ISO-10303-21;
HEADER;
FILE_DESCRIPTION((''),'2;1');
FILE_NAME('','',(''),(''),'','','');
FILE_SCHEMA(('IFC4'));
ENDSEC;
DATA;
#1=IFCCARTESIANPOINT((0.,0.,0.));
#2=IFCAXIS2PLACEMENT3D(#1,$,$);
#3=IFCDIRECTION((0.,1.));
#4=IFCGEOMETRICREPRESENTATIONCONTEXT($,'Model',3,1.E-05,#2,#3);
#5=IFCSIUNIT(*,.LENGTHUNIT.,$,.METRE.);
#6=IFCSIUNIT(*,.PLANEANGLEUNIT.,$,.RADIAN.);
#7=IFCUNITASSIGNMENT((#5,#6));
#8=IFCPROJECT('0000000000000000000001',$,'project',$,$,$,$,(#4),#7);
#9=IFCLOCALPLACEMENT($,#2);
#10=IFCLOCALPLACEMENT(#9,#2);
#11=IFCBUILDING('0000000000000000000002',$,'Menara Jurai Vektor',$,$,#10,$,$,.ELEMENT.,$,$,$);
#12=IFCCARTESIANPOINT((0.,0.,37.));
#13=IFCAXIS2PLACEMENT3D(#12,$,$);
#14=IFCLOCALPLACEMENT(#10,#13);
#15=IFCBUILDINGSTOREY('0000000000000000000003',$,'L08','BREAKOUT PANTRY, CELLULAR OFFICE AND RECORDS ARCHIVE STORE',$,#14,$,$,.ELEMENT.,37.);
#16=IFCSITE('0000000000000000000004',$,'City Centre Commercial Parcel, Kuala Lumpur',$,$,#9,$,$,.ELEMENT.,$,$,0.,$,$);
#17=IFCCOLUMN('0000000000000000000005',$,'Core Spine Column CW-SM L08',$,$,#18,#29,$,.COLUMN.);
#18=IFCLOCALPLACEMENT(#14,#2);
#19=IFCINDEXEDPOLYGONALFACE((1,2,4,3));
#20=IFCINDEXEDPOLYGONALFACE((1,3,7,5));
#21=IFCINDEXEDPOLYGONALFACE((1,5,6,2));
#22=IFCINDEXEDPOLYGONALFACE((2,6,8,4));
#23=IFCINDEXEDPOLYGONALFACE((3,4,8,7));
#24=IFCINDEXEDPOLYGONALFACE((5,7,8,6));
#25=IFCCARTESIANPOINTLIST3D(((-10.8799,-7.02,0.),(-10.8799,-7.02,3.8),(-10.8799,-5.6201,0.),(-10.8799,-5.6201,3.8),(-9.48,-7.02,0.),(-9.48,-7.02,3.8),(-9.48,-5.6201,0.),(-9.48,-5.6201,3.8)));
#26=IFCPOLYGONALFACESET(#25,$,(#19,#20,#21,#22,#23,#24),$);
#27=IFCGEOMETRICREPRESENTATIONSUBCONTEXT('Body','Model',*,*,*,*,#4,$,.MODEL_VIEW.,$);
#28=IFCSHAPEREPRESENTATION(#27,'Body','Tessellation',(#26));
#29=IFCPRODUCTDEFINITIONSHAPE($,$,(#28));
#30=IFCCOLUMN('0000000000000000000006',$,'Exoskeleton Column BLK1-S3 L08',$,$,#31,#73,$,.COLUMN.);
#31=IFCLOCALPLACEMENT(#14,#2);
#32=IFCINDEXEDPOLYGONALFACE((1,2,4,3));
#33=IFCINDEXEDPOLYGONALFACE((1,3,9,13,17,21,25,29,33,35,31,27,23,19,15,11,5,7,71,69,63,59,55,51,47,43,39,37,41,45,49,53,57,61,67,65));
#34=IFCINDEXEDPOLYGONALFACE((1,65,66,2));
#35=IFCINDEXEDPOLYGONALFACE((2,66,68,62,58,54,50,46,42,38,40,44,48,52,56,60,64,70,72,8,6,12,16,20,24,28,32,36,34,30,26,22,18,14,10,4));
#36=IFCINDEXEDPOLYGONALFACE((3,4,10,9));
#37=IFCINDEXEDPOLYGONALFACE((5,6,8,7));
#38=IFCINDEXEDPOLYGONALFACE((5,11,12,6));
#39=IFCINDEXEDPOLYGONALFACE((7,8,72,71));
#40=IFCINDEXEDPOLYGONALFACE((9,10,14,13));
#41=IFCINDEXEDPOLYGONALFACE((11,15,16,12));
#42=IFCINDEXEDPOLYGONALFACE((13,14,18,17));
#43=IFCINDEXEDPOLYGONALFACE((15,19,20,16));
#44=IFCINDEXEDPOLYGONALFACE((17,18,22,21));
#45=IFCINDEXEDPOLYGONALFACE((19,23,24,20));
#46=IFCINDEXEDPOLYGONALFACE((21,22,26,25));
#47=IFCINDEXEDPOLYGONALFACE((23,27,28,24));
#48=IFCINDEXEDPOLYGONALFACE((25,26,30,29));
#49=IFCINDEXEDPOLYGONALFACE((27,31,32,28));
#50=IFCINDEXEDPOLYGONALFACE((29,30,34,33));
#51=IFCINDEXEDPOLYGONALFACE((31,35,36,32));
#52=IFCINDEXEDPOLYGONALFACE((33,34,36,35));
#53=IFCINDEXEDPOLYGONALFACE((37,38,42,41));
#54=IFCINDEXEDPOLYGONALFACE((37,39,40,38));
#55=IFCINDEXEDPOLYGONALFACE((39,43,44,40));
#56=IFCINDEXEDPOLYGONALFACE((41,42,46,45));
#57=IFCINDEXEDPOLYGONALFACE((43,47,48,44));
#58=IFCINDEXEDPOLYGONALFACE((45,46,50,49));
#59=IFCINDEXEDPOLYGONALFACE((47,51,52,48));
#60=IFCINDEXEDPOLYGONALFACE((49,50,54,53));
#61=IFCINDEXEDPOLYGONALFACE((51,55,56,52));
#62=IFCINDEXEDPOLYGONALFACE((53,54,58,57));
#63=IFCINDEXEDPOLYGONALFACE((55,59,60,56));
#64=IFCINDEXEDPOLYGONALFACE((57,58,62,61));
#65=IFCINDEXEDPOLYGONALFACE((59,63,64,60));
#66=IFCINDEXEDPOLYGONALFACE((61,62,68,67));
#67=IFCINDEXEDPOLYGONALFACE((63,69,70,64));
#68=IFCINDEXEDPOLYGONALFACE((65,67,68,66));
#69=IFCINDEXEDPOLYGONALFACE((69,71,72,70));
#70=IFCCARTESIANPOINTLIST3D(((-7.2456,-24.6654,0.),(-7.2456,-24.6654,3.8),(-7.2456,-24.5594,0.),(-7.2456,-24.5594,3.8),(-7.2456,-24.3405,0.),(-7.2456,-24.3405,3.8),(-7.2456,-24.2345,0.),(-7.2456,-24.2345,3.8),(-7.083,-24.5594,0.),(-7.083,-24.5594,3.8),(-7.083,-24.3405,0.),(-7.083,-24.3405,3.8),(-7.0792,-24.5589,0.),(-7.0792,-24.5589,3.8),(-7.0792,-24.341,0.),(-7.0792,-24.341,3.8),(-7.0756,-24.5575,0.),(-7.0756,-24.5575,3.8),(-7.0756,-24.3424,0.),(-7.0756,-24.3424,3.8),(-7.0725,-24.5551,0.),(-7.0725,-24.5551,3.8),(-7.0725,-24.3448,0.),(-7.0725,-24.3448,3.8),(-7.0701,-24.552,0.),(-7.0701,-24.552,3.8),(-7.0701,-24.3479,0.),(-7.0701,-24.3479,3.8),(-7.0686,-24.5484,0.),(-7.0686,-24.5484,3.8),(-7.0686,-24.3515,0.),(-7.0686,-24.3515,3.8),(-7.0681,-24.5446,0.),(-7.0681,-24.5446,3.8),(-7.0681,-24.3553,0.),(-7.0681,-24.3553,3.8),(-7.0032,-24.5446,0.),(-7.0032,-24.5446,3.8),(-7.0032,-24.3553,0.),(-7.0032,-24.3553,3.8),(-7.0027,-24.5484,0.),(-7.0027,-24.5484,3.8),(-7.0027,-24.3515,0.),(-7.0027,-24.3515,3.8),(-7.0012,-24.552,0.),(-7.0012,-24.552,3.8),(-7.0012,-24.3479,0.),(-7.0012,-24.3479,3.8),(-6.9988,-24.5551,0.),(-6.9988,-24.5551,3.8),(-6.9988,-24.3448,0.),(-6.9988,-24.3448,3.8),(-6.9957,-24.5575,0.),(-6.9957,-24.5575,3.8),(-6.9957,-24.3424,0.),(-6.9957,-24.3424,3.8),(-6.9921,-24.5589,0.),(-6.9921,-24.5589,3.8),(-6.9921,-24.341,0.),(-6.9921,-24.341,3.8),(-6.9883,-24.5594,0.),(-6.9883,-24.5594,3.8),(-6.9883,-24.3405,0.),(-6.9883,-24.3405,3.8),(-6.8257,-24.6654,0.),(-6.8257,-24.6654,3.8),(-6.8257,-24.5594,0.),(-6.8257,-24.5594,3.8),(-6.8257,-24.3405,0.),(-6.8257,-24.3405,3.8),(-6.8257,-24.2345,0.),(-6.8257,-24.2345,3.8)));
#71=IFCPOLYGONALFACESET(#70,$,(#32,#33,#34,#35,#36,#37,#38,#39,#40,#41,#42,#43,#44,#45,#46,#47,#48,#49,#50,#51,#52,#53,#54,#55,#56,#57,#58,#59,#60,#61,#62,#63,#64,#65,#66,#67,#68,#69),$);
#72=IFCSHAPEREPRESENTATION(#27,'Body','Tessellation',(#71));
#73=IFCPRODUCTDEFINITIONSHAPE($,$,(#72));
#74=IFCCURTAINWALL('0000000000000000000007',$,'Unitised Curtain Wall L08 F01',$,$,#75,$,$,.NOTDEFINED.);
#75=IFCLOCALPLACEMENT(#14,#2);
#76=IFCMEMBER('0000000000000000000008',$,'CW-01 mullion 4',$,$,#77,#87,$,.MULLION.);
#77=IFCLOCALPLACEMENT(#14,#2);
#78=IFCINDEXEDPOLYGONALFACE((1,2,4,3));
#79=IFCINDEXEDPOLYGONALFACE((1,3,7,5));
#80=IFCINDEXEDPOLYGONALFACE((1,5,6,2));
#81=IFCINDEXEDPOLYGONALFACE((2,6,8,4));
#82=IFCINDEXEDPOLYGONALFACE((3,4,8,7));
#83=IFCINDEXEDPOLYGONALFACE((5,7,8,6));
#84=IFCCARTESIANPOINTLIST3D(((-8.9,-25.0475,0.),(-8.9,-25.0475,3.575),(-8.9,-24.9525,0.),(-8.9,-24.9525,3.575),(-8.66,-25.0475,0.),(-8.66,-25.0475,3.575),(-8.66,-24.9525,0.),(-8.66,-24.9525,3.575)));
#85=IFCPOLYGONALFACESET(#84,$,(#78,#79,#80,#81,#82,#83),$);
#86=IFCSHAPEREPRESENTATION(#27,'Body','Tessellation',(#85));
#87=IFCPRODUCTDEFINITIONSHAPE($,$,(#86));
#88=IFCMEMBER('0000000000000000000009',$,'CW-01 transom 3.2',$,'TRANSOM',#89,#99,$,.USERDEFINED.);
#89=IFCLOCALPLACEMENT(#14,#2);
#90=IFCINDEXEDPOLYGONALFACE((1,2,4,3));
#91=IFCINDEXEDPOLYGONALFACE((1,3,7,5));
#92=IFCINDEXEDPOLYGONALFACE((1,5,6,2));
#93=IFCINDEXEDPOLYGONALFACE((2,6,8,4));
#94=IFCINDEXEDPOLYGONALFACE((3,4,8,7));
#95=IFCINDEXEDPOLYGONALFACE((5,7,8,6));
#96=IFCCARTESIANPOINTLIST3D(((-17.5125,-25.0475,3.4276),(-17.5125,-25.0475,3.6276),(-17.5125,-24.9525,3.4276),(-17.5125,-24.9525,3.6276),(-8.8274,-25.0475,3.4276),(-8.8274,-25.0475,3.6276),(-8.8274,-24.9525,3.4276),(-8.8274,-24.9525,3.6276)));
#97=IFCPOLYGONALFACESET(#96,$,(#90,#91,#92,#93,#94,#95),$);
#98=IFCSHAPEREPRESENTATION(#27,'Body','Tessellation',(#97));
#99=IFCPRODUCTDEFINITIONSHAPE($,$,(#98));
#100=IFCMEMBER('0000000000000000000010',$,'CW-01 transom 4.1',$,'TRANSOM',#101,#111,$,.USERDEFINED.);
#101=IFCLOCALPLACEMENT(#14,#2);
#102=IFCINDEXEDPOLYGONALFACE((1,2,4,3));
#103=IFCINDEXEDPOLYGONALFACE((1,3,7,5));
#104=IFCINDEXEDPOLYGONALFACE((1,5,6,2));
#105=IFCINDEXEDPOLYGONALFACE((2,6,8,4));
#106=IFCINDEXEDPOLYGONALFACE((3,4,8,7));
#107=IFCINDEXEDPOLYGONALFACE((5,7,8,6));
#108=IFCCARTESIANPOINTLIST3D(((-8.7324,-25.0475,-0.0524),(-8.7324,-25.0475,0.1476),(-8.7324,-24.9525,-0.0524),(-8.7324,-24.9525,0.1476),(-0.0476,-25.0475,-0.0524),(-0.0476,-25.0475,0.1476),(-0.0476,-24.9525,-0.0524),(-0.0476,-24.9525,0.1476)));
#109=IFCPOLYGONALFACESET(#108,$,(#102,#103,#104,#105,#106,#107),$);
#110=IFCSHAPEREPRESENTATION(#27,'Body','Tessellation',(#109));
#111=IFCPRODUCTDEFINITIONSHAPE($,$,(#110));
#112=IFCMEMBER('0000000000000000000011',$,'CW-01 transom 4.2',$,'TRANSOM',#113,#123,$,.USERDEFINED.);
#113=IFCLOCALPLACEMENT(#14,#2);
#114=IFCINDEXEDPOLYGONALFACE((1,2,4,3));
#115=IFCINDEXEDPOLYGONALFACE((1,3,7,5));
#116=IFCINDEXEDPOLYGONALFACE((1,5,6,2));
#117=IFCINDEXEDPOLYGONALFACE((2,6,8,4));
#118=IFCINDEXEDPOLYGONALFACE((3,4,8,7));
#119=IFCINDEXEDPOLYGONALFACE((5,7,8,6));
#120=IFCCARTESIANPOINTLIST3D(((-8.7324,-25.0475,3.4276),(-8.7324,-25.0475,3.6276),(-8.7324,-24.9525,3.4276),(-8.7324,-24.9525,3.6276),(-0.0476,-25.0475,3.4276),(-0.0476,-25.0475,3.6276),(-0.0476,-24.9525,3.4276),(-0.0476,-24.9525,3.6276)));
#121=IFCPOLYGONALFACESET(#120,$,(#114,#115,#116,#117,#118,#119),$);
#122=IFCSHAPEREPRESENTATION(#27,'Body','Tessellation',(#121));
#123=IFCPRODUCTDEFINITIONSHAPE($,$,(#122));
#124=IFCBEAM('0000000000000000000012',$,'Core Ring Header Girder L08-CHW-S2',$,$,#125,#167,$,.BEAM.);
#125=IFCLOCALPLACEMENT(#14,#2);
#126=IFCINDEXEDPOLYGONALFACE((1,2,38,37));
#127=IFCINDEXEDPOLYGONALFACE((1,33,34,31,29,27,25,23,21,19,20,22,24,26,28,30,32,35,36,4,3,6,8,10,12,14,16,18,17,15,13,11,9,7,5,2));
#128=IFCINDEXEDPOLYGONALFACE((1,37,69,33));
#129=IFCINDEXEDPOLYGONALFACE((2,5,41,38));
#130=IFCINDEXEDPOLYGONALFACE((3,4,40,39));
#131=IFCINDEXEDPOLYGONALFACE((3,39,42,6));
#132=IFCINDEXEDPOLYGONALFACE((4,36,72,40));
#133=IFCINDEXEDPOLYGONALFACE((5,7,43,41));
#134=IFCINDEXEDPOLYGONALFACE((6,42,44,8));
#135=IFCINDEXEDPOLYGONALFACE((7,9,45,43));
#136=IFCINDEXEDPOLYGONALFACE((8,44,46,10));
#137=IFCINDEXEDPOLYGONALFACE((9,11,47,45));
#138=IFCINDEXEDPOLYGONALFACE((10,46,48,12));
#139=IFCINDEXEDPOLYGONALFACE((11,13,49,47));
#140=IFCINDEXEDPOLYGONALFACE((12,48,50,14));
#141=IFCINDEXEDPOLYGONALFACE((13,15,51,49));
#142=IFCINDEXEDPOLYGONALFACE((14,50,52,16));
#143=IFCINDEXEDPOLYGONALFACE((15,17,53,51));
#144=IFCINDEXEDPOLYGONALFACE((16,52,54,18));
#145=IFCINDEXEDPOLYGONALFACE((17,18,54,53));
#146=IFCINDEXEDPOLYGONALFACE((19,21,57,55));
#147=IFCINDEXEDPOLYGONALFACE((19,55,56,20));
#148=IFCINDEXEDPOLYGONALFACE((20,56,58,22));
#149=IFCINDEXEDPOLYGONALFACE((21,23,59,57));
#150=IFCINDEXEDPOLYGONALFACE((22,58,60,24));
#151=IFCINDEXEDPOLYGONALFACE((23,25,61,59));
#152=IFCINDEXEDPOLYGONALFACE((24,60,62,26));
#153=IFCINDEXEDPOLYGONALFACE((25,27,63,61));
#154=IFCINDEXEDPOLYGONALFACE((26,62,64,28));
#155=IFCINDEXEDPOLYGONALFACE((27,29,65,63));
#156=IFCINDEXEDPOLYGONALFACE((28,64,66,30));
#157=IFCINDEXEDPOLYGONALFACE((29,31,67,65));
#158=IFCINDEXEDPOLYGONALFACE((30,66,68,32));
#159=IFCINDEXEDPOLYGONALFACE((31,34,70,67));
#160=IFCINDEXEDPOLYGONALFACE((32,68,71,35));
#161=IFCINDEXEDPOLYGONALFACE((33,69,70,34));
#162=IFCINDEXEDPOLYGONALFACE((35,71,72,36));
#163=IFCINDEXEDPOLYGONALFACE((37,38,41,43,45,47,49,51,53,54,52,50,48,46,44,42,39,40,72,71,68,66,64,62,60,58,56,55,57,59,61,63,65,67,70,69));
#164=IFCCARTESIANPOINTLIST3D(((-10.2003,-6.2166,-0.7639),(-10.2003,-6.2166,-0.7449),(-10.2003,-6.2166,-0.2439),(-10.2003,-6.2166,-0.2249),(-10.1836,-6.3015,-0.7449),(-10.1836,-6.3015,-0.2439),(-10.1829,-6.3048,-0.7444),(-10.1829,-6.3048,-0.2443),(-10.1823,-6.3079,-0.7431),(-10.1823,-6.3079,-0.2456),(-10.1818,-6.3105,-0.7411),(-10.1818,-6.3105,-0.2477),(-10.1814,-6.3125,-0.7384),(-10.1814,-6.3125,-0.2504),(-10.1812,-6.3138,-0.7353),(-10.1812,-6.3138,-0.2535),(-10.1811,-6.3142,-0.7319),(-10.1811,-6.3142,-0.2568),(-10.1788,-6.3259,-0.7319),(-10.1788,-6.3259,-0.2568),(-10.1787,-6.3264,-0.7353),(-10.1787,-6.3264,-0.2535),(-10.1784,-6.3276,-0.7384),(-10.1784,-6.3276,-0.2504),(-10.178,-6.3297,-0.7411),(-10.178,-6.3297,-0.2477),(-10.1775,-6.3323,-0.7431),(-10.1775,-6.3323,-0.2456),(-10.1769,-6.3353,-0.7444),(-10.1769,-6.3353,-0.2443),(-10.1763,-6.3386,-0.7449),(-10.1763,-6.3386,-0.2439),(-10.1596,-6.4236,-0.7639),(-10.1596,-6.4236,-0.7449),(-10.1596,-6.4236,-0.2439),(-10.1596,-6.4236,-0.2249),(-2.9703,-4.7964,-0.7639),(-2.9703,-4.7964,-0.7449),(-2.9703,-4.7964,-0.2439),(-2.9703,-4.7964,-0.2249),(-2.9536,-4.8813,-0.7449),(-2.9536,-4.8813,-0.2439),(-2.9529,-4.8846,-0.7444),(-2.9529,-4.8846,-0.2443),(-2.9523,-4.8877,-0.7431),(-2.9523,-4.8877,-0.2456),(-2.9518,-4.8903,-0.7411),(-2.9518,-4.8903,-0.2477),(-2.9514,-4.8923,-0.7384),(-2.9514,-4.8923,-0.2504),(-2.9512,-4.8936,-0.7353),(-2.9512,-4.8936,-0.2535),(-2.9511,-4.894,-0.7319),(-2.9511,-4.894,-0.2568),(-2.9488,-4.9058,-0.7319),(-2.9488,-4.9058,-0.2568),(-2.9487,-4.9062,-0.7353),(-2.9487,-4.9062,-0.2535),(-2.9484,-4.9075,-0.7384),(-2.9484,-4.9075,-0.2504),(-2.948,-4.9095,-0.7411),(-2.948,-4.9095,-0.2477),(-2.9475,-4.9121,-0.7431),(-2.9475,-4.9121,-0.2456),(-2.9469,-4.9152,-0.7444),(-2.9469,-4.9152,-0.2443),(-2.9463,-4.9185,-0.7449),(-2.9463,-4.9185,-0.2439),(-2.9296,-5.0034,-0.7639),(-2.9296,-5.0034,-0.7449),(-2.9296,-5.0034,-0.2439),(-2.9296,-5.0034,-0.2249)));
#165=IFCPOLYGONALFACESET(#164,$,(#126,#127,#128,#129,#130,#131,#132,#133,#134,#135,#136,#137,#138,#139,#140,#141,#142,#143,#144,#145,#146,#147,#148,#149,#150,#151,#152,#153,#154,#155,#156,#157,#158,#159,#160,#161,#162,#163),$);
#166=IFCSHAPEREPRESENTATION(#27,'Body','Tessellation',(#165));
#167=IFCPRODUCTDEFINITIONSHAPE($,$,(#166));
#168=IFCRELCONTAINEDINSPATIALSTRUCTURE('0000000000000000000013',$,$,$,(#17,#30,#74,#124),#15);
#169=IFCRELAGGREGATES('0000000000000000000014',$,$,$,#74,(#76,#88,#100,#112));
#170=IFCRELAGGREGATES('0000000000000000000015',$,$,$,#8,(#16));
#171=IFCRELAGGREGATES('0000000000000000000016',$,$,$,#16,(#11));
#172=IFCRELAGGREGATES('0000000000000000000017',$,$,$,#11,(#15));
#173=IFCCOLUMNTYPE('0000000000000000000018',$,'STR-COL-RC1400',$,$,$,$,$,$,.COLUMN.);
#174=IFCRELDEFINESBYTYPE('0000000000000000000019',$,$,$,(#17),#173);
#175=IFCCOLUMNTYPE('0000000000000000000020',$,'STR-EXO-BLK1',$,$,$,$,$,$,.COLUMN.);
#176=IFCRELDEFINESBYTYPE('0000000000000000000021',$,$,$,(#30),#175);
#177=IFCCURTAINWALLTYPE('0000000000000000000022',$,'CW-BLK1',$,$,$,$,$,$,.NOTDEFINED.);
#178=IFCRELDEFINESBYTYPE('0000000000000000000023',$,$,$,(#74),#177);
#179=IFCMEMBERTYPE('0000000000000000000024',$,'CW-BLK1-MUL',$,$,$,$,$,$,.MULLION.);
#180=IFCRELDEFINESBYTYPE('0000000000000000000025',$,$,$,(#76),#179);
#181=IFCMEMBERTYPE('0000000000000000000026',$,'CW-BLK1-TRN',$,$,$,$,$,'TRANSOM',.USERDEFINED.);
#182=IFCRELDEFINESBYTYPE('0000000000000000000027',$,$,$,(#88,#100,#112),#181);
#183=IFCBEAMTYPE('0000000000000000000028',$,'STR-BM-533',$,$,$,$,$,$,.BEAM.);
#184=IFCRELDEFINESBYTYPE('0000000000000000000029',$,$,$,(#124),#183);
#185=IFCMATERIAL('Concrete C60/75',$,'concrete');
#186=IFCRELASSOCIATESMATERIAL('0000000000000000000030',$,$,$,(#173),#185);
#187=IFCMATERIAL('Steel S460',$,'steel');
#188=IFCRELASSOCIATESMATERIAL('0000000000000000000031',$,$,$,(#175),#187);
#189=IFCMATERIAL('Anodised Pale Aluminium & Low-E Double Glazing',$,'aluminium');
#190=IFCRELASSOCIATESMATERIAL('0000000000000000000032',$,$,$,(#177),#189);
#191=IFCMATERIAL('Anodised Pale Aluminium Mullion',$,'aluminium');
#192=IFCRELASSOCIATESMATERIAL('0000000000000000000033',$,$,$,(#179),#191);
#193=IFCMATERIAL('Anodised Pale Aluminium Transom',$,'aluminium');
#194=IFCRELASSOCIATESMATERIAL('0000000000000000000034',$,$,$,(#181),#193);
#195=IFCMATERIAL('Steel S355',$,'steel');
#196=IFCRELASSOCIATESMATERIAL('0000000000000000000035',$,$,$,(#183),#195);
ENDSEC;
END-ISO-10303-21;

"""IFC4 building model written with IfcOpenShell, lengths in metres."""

from ifc_helpers import new_model, si_unit, direction, frame, origin, origin_2d, place, context, subcontext, project, spatial, rectangle, i_section, extrude, material, material_profile, profile_set, type_object, element, aggregate, save


model = new_model("IFC4")

# Units and contexts
model_context = context("Model", 3, precision=1e-05, world=origin(), true_north=direction((0.0, 1.0)))
body_context = subcontext(model_context, "Body", "Model", "MODEL_VIEW")
ifc_project = project(units=[si_unit("LENGTHUNIT", "METRE"), si_unit("PLANEANGLEUNIT", "RADIAN")], contexts=[model_context])

# Site, building, storey
site_placement = place(None, origin())
site = spatial("IfcSite", under=ifc_project, at=site_placement, Name="City Centre Commercial Parcel, Kuala Lumpur", CompositionType="ELEMENT", RefElevation=0.0)
building_placement = place(site_placement, origin())
building = spatial("IfcBuilding", under=site, at=building_placement, Name="Menara Jurai Vektor", CompositionType="ELEMENT")
storey_placement = place(building_placement, frame((0.0, 0.0, 37.0)))
storey = spatial("IfcBuildingStorey", under=building, at=storey_placement, Name="L08", Description="BREAKOUT PANTRY, CELLULAR OFFICE AND RECORDS ARCHIVE STORE", CompositionType="ELEMENT", Elevation=37.0)

# Columns
ifc_material_1 = material(Name="Concrete C60/75", Category="concrete")
ifc_material_profile_1 = material_profile(ifc_material_1, rectangle(XDim=1.3999, YDim=1.3999, at=origin_2d()), Name="RC 1400x1400")
ifc_profile_set_1 = profile_set([ifc_material_profile_1], Name="Concrete C60/75")
column_type_1 = type_object("IfcColumnType", Name="STR-COL-RC1400", PredefinedType="COLUMN", material=ifc_profile_set_1)
column_1_placement = place(storey_placement, frame((-10.1799, -6.3201, 0.0), z_axis=(0.0, 0.0, 1.0), x_axis=(1.0, 0.0, 0.0)))
element("IfcColumn", 1, at=column_1_placement, inside=storey, type_object=column_type_1, Name="Core Spine Column CW-SM L08", PredefinedType="COLUMN", context=body_context, shape_type="SweptSolid", body=[
    extrude(rectangle(XDim=1.3999, YDim=1.3999, at=origin_2d()), origin(), (0.0, 0.0, 1.0), 3.8),
])
ifc_material_2 = material(Name="Steel S460", Category="steel")
ifc_material_profile_2 = material_profile(ifc_material_2, i_section(OverallWidth=0.4199, OverallDepth=0.4309, WebThickness=0.0649, FlangeThickness=0.106, FilletRadius=0.0149, at=origin_2d()), Name="HD 400x900")
ifc_profile_set_2 = profile_set([ifc_material_profile_2], Name="Steel S460")
column_type_2 = type_object("IfcColumnType", Name="STR-EXO-BLK1", PredefinedType="COLUMN", material=ifc_profile_set_2)
column_2_placement = place(storey_placement, frame((-7.0356, -24.45, 0.0), z_axis=(0.0, 0.0, 1.0), x_axis=(1.0, 0.0, 0.0)))
element("IfcColumn", 2, at=column_2_placement, inside=storey, type_object=column_type_2, Name="Exoskeleton Column BLK1-S3 L08", PredefinedType="COLUMN", context=body_context, shape_type="SweptSolid", body=[
    extrude(i_section(OverallWidth=0.4199, OverallDepth=0.4309, WebThickness=0.0649, FlangeThickness=0.106, FilletRadius=0.0149, at=origin_2d()), origin(), (0.0, 0.0, 1.0), 3.8),
])

# Curtain wall, members
ifc_material_3 = material(Name="Anodised Pale Aluminium & Low-E Double Glazing", Category="aluminium")
curtain_wall_type = type_object("IfcCurtainWallType", Name="CW-BLK1", PredefinedType="NOTDEFINED", material=ifc_material_3)
curtain_wall_placement = place(storey_placement, origin())
curtain_wall = element("IfcCurtainWall", 3, at=curtain_wall_placement, inside=storey, type_object=curtain_wall_type, Name="Unitised Curtain Wall L08 F01", PredefinedType="NOTDEFINED")
ifc_material_4 = material(Name="Anodised Pale Aluminium Mullion", Category="aluminium")
ifc_material_profile_3 = material_profile(ifc_material_4, rectangle(XDim=0.095, YDim=0.24, at=origin_2d()), Name="ALU MUL 95x240")
ifc_profile_set_3 = profile_set([ifc_material_profile_3], Name="Anodised Pale Aluminium Mullion")
member_type_1 = type_object("IfcMemberType", Name="CW-BLK1-MUL", PredefinedType="MULLION", material=ifc_profile_set_3)
member_1_placement = place(storey_placement, frame((-8.78, -25.0, 0.0), z_axis=(0.0, 0.0, 1.0), x_axis=(0.0, 1.0, 0.0)))
member_1 = element("IfcMember", 4, at=member_1_placement, type_object=member_type_1, Name="CW-01 mullion 4", PredefinedType="MULLION", context=body_context, shape_type="SweptSolid", body=[
    extrude(rectangle(XDim=0.095, YDim=0.24, at=origin_2d()), origin(), (0.0, 0.0, 1.0), 3.575),
])
ifc_material_5 = material(Name="Anodised Pale Aluminium Transom", Category="aluminium")
ifc_material_profile_4 = material_profile(ifc_material_5, rectangle(XDim=0.095, YDim=0.2, at=origin_2d()), Name="ALU TRN 95x200")
ifc_profile_set_4 = profile_set([ifc_material_profile_4], Name="Anodised Pale Aluminium Transom")
member_type_2 = type_object("IfcMemberType", Name="CW-BLK1-TRN", ElementType="TRANSOM", PredefinedType="USERDEFINED", material=ifc_profile_set_4)
member_2_placement = place(storey_placement, frame((-17.5125, -25.0, 3.5276), z_axis=(1.0, 0.0, 0.0), x_axis=(0.0, 1.0, 0.0)))
member_2 = element("IfcMember", 5, at=member_2_placement, type_object=member_type_2, Name="CW-01 transom 3.2", ObjectType="TRANSOM", PredefinedType="USERDEFINED", context=body_context, shape_type="SweptSolid", body=[
    extrude(rectangle(XDim=0.095, YDim=0.2, at=origin_2d()), origin(), (0.0, 0.0, 1.0), 8.6851),
])
member_3_placement = place(storey_placement, frame((-8.7324, -25.0, 0.0476), z_axis=(1.0, 0.0, 0.0), x_axis=(0.0, 1.0, 0.0)))
member_3 = element("IfcMember", 6, at=member_3_placement, type_object=member_type_2, Name="CW-01 transom 4.1", ObjectType="TRANSOM", PredefinedType="USERDEFINED", context=body_context, shape_type="SweptSolid", body=[
    extrude(rectangle(XDim=0.095, YDim=0.2, at=origin_2d()), origin(), (0.0, 0.0, 1.0), 8.6848),
])
member_4_placement = place(storey_placement, frame((-8.7324, -25.0, 3.5276), z_axis=(1.0, 0.0, 0.0), x_axis=(0.0, 1.0, 0.0)))
member_4 = element("IfcMember", 7, at=member_4_placement, type_object=member_type_2, Name="CW-01 transom 4.2", ObjectType="TRANSOM", PredefinedType="USERDEFINED", context=body_context, shape_type="SweptSolid", body=[
    extrude(rectangle(XDim=0.095, YDim=0.2, at=origin_2d()), origin(), (0.0, 0.0, 1.0), 8.6848),
])

# Beam
ifc_material_6 = material(Name="Steel S355", Category="steel")
ifc_material_profile_5 = material_profile(ifc_material_6, i_section(OverallWidth=0.2109, OverallDepth=0.5391, WebThickness=0.012, FlangeThickness=0.019, FilletRadius=0.0129, at=origin_2d()), Name="UKB 533x210x109")
ifc_profile_set_5 = profile_set([ifc_material_profile_5], Name="Steel S355")
beam_type_1 = type_object("IfcBeamType", Name="STR-BM-533", PredefinedType="BEAM", material=ifc_profile_set_5)
beam_1_placement = place(storey_placement, frame((-10.1799, -6.3201, -0.4944), z_axis=(0.981249, 0.192744, 0.0), x_axis=(-0.192744, 0.981249, 0.0)))
element("IfcBeam", 8, at=beam_1_placement, inside=storey, type_object=beam_type_1, Name="Core Ring Header Girder L08-CHW-S2", PredefinedType="BEAM", context=body_context, shape_type="SweptSolid", body=[
    extrude(i_section(OverallWidth=0.2109, OverallDepth=0.5391, WebThickness=0.012, FlangeThickness=0.019, FilletRadius=0.0129, at=origin_2d()), origin(), (0.0, 0.0, 1.0), 7.3682),
])

aggregate(curtain_wall, [member_1, member_2, member_3, member_4])

save(model, "model.ifc")
